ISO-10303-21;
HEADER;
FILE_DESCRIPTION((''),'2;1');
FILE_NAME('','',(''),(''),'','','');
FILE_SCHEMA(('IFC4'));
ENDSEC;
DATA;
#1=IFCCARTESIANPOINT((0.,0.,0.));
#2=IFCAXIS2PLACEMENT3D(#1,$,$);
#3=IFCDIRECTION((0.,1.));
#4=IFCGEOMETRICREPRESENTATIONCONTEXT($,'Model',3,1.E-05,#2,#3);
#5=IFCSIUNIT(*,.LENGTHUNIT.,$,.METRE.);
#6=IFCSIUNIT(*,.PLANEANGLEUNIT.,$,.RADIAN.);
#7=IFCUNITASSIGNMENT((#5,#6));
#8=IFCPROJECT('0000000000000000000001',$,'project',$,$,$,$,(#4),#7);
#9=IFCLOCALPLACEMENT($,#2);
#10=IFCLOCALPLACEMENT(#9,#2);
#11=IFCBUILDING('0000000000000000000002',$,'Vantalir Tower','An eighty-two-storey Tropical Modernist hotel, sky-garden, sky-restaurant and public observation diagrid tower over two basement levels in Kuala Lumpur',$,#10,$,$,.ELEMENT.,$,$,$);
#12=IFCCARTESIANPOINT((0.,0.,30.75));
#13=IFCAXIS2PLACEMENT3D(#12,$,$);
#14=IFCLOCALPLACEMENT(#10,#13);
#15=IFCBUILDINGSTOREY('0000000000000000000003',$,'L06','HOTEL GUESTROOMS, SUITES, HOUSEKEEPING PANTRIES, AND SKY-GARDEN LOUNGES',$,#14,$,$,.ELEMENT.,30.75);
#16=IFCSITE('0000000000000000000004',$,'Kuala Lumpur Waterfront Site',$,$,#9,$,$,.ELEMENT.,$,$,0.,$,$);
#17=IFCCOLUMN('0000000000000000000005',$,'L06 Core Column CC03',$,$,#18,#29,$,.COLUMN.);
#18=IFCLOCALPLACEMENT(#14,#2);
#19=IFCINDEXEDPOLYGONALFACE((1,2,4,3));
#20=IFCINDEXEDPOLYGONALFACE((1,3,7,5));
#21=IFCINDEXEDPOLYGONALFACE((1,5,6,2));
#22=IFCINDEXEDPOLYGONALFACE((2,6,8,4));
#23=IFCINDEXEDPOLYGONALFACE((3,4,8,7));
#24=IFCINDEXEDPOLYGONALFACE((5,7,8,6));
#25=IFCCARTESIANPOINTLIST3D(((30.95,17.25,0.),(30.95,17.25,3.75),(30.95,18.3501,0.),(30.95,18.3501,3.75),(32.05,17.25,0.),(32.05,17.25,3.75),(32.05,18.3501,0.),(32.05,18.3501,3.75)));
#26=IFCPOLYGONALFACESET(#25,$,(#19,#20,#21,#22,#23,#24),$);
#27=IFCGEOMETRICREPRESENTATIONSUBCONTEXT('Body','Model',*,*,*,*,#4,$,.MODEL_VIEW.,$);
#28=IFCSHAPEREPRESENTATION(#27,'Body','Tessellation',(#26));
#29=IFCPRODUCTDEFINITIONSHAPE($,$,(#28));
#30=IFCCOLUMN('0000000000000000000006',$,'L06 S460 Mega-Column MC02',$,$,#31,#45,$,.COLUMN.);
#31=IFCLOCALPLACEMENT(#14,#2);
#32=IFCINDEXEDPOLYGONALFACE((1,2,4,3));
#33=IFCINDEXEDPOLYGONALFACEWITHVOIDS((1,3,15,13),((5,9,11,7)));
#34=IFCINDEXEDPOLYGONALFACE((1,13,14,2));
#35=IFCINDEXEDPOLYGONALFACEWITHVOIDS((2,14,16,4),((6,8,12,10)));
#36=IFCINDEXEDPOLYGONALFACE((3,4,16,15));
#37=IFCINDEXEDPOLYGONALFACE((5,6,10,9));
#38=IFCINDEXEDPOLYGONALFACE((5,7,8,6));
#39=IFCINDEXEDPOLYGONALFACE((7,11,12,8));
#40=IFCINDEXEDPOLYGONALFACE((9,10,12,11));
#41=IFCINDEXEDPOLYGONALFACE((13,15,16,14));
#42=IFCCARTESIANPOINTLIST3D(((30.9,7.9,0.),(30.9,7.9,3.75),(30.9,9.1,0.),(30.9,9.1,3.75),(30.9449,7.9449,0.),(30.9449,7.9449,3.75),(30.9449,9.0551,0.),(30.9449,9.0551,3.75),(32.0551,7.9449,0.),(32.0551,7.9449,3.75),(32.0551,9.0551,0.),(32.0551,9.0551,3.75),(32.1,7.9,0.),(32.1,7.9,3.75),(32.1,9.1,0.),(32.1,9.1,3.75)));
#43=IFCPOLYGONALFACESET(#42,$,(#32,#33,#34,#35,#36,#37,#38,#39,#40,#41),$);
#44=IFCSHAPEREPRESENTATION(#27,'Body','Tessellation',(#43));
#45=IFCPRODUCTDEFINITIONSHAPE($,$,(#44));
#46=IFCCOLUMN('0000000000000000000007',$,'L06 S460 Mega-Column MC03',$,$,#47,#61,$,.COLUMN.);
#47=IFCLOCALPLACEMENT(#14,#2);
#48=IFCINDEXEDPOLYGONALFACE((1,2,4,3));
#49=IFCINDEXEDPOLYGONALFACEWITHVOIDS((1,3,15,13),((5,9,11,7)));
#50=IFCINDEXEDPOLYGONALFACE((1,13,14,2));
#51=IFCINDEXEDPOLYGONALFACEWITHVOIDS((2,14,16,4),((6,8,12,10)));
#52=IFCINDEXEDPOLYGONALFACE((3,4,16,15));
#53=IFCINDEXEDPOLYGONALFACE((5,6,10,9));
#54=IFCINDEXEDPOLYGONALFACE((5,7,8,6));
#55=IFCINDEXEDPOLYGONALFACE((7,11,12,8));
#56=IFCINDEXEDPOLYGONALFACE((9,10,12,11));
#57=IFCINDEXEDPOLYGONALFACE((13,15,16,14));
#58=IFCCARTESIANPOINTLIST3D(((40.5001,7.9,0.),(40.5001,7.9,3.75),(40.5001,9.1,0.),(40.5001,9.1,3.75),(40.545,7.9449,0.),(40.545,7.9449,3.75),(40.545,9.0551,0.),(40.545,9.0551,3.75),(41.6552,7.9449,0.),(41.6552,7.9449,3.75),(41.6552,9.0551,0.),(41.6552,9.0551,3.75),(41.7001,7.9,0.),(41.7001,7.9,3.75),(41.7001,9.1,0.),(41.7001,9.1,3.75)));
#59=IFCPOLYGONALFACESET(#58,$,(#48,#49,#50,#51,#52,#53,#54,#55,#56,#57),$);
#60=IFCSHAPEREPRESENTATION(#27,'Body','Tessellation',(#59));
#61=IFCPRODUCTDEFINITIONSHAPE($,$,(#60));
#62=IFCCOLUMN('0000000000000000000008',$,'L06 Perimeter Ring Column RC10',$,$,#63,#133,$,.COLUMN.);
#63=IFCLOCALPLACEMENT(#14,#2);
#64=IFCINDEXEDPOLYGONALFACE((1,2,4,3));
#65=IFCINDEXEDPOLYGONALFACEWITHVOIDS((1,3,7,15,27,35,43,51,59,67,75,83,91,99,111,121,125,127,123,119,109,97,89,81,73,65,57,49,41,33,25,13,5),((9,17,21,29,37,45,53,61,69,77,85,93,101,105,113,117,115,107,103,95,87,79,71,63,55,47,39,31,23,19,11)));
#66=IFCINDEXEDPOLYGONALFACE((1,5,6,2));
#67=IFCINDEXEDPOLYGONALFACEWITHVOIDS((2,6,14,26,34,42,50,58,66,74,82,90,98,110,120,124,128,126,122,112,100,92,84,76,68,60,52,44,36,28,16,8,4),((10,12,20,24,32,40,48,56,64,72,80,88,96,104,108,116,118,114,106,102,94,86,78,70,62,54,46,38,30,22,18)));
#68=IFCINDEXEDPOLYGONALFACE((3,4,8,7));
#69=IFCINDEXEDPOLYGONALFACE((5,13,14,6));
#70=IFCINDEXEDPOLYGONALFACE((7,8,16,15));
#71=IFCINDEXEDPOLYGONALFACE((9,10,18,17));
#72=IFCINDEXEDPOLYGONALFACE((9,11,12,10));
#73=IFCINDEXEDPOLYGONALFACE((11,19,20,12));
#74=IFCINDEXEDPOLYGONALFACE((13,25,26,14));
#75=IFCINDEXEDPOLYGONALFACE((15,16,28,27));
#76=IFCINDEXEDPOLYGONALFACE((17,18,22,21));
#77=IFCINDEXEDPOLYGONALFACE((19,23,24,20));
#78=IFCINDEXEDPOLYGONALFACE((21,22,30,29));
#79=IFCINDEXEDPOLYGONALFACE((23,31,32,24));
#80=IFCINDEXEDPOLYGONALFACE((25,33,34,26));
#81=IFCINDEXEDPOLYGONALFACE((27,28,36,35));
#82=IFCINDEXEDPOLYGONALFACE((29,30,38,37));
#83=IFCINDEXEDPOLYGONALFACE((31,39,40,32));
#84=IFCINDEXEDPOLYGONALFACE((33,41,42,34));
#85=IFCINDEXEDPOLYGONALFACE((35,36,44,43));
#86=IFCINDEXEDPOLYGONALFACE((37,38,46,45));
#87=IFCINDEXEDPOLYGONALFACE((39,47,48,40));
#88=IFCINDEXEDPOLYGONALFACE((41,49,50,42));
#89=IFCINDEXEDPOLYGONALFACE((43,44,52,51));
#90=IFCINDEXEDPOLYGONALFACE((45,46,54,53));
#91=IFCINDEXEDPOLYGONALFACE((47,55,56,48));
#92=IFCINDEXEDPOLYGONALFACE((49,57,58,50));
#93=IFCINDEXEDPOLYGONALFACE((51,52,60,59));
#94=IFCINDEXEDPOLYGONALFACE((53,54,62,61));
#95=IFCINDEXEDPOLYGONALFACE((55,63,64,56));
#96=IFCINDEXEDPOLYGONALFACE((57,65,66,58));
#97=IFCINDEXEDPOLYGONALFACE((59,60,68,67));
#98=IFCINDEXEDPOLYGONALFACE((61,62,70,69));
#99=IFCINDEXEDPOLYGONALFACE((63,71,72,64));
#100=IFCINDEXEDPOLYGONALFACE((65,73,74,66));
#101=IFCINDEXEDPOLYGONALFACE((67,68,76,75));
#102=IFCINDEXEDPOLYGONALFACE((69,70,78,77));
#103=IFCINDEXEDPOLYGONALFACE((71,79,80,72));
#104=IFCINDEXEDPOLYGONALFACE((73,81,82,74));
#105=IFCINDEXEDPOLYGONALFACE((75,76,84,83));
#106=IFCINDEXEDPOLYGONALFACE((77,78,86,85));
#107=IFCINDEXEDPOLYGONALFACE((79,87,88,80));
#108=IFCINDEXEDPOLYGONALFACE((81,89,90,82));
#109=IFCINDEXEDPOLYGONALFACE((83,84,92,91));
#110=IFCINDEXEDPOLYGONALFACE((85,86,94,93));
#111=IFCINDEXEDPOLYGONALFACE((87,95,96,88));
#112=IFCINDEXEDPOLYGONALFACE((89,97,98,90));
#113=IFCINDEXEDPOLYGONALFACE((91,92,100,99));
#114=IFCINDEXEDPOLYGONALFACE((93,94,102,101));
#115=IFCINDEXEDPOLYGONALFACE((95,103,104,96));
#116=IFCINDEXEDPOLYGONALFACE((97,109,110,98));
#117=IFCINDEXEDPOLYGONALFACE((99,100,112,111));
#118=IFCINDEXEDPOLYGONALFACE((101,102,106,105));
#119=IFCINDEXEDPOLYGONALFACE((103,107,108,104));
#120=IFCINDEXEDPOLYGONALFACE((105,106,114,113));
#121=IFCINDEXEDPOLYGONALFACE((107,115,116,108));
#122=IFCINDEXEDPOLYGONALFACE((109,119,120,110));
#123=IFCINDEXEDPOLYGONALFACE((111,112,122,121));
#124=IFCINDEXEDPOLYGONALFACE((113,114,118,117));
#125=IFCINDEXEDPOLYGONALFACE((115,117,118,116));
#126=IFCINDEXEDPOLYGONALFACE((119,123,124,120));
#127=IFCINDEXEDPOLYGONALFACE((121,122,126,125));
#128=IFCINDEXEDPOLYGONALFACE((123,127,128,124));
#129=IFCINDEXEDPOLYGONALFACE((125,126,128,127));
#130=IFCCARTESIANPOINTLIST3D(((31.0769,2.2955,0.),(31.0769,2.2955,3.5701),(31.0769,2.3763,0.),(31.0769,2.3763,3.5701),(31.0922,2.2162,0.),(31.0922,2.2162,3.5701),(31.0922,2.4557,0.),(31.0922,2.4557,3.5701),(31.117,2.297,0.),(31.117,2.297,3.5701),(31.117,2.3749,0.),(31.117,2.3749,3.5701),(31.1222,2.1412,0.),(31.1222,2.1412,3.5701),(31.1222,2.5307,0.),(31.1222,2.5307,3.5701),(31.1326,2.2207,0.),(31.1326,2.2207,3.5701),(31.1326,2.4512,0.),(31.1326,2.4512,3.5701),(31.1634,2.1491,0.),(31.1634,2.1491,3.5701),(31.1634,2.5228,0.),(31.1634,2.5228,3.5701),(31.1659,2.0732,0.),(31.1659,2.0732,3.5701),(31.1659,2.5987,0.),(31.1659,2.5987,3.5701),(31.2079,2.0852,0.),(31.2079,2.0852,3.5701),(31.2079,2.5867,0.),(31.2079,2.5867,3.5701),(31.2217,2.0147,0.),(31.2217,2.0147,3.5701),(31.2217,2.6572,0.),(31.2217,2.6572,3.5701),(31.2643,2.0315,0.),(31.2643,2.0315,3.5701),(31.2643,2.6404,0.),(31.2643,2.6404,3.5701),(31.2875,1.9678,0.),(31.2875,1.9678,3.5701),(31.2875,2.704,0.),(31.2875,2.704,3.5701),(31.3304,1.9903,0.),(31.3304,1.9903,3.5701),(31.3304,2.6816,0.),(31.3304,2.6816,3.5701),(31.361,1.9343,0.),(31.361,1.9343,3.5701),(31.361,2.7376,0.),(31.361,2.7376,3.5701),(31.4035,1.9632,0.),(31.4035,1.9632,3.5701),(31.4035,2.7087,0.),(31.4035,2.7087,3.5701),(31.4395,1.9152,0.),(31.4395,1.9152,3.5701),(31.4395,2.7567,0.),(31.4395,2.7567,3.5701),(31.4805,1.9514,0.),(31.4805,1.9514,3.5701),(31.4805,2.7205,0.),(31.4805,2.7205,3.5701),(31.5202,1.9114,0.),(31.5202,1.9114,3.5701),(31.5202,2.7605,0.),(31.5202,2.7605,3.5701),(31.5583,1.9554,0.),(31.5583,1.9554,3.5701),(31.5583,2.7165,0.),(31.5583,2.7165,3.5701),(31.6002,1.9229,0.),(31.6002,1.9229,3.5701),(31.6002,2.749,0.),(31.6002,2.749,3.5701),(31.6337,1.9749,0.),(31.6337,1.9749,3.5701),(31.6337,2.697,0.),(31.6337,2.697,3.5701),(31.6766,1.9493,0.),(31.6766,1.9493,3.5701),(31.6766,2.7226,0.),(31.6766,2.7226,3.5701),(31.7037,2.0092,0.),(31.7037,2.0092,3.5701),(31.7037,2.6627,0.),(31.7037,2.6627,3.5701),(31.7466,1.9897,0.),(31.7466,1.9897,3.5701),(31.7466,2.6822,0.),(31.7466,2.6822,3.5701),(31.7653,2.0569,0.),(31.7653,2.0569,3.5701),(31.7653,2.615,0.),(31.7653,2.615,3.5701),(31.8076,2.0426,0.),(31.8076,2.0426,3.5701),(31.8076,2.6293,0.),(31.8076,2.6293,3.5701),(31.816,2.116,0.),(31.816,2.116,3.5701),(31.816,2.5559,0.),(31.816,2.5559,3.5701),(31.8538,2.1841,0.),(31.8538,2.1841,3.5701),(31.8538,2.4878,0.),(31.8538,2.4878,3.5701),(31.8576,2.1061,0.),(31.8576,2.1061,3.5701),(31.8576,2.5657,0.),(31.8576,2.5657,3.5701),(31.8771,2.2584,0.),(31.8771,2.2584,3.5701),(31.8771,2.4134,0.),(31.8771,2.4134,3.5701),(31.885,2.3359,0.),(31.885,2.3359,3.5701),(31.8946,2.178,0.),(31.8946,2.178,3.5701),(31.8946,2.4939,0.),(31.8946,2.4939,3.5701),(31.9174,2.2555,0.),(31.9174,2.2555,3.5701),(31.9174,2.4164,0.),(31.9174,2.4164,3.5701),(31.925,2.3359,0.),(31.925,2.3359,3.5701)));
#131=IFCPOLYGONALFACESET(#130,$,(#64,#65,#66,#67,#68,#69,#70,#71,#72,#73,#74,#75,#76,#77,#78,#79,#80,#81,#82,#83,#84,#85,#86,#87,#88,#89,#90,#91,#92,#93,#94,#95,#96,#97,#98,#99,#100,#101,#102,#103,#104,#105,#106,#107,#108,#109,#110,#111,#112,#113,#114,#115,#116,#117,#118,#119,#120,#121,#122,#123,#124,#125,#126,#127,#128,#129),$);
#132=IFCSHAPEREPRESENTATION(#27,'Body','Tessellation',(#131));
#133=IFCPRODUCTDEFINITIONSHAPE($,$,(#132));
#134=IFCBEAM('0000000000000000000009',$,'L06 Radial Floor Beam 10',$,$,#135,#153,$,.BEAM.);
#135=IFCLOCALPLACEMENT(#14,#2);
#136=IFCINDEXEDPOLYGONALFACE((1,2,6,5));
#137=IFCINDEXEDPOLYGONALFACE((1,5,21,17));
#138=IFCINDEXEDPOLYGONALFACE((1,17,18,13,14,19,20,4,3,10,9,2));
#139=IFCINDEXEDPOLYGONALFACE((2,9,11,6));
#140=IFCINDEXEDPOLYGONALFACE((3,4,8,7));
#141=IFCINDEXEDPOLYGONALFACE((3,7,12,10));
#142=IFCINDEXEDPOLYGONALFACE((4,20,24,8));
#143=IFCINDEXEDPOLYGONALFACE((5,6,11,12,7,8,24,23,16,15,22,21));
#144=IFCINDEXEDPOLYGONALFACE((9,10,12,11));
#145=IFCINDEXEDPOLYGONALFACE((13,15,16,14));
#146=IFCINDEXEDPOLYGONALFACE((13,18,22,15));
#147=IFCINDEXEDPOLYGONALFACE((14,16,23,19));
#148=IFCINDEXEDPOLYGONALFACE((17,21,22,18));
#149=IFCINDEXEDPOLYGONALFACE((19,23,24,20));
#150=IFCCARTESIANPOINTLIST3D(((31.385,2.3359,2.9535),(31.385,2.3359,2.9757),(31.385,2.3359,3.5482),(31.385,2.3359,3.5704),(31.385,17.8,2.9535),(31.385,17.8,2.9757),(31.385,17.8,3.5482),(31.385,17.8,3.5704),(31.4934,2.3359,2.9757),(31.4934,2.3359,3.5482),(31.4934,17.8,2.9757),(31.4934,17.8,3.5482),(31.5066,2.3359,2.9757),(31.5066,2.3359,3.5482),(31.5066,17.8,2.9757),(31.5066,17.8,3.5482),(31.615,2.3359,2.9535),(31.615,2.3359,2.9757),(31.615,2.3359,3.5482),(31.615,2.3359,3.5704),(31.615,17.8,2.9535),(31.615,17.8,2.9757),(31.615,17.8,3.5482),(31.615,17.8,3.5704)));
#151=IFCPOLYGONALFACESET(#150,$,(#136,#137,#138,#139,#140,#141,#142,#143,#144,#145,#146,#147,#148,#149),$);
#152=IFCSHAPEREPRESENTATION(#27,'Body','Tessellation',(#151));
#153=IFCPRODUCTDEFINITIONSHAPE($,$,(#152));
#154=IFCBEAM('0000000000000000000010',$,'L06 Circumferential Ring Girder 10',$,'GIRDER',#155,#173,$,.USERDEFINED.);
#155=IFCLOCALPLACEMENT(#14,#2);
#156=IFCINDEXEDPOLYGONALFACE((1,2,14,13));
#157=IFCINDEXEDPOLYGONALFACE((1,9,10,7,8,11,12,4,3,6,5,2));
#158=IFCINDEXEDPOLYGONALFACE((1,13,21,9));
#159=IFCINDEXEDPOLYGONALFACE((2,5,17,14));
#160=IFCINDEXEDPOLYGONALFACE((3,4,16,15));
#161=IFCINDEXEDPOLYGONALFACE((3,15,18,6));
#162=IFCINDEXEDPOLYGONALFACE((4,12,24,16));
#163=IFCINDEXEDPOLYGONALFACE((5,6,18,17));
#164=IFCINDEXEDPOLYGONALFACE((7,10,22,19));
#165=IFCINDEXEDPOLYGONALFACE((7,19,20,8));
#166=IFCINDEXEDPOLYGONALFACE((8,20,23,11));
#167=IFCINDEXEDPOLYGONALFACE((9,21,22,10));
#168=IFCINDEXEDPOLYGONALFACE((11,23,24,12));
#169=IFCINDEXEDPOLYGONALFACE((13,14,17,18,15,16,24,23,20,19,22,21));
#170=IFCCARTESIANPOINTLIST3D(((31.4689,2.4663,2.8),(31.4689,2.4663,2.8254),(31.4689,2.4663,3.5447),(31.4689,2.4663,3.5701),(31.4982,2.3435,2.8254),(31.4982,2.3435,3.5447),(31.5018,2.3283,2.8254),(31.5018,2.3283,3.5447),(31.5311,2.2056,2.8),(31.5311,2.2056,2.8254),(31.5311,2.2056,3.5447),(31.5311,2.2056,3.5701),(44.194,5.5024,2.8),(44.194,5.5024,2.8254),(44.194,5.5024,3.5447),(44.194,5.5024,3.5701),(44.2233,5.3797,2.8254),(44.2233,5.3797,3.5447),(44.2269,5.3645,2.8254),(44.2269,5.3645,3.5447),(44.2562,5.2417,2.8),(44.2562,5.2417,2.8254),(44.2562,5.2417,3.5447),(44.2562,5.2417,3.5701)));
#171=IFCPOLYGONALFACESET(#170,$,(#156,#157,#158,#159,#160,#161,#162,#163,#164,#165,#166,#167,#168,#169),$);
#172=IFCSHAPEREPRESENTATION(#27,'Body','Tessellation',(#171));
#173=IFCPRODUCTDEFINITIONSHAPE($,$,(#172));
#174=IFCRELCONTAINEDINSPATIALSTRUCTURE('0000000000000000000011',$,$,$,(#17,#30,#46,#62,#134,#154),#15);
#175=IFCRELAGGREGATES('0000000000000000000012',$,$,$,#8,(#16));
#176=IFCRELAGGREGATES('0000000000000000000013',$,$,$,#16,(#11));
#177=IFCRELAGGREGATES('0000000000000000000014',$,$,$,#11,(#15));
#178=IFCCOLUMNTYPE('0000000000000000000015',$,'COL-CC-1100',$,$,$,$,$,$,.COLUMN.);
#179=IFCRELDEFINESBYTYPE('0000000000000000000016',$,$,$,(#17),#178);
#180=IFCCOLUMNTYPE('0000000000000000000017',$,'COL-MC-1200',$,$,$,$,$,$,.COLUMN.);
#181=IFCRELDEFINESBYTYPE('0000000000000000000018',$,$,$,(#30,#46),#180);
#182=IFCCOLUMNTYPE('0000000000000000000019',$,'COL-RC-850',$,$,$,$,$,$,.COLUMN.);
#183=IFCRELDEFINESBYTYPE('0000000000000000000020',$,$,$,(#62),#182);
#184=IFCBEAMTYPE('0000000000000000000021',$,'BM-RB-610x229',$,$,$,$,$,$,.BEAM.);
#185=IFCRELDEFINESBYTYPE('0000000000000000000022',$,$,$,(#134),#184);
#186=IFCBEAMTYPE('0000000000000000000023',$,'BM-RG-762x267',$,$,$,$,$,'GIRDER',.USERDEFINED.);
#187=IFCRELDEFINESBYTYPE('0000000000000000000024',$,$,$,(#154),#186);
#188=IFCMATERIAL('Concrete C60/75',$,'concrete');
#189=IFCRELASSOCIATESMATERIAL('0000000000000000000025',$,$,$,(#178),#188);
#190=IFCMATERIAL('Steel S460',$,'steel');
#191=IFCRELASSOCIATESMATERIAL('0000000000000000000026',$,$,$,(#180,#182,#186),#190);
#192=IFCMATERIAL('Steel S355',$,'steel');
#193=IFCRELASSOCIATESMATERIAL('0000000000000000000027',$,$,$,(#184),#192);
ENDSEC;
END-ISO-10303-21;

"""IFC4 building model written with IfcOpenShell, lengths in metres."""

from ifc_helpers import new_model, si_unit, direction, frame, origin, origin_2d, place, context, subcontext, project, spatial, rectangle, hollow_rectangle, hollow_circle, i_section, extrude, material, material_profile, profile_set, type_object, element, save


model = new_model("IFC4")

# Units and contexts
model_context = context("Model", 3, precision=1e-05, world=origin(), true_north=direction((0.0, 1.0)))
body_context = subcontext(model_context, "Body", "Model", "MODEL_VIEW")
ifc_project = project(units=[si_unit("LENGTHUNIT", "METRE"), si_unit("PLANEANGLEUNIT", "RADIAN")], contexts=[model_context])

# Site, building, storey
site_placement = place(None, origin())
site = spatial("IfcSite", under=ifc_project, at=site_placement, Name="Kuala Lumpur Waterfront Site", CompositionType="ELEMENT", RefElevation=0.0)
building_placement = place(site_placement, origin())
building = spatial("IfcBuilding", under=site, at=building_placement, Name="Vantalir Tower", Description="An eighty-two-storey Tropical Modernist hotel, sky-garden, sky-restaurant and public observation diagrid tower over two basement levels in Kuala Lumpur", CompositionType="ELEMENT")
storey_placement = place(building_placement, frame((0.0, 0.0, 30.75)))
storey = spatial("IfcBuildingStorey", under=building, at=storey_placement, Name="L06", Description="HOTEL GUESTROOMS, SUITES, HOUSEKEEPING PANTRIES, AND SKY-GARDEN LOUNGES", CompositionType="ELEMENT", Elevation=30.75)

# Columns
ifc_material_1 = material(Name="Concrete C60/75", Category="concrete")
ifc_material_profile_1 = material_profile(ifc_material_1, rectangle(XDim=1.1001, YDim=1.1001, at=origin_2d()), Name="Concrete C60/75")
ifc_profile_set_1 = profile_set([ifc_material_profile_1], Name="Concrete C60/75")
column_type_1 = type_object("IfcColumnType", Name="COL-CC-1100", PredefinedType="COLUMN", material=ifc_profile_set_1)
column_1_placement = place(storey_placement, frame((31.5, 17.8, 0.0), z_axis=(0.0, 0.0, 1.0), x_axis=(1.0, 0.0, 0.0)))
element("IfcColumn", 1, at=column_1_placement, inside=storey, type_object=column_type_1, Name="L06 Core Column CC03", PredefinedType="COLUMN", context=body_context, shape_type="SweptSolid", body=[
    extrude(rectangle(XDim=1.1001, YDim=1.1001, at=origin_2d()), origin(), (0.0, 0.0, 1.0), 3.75),
])
ifc_material_2 = material(Name="Steel S460", Category="steel")
ifc_material_profile_2 = material_profile(ifc_material_2, hollow_rectangle(XDim=1.2, YDim=1.2, WallThickness=0.0449, at=origin_2d()), Name="Steel S460")
ifc_profile_set_2 = profile_set([ifc_material_profile_2], Name="Steel S460")
column_type_2 = type_object("IfcColumnType", Name="COL-MC-1200", PredefinedType="COLUMN", material=ifc_profile_set_2)
for number, where, z_axis, x_axis, name in (
    (2, (31.5, 8.5, 0.0), (0.0, 0.0, 1.0), (1.0, 0.0, 0.0), "L06 S460 Mega-Column MC02"),
    (3, (41.1001, 8.5, 0.0), (0.0, 0.0, 1.0), (1.0, 0.0, 0.0), "L06 S460 Mega-Column MC03"),
):
    element("IfcColumn", number, at=place(storey_placement, frame(where, z_axis=z_axis, x_axis=x_axis)), inside=storey, type_object=column_type_2, Name=name, PredefinedType="COLUMN", context=body_context, shape_type="SweptSolid", body=[
        extrude(hollow_rectangle(XDim=1.2, YDim=1.2, WallThickness=0.0449, at=origin_2d()), origin(), (0.0, 0.0, 1.0), 3.75),
    ])
ifc_material_profile_3 = material_profile(ifc_material_2, hollow_circle(Radius=0.425, WallThickness=0.04, at=origin_2d()), Name="Steel S460")
ifc_profile_set_3 = profile_set([ifc_material_profile_3], Name="Steel S460")
column_type_3 = type_object("IfcColumnType", Name="COL-RC-850", PredefinedType="COLUMN", material=ifc_profile_set_3)
column_2_placement = place(storey_placement, frame((31.5, 2.3359, 0.0), z_axis=(0.0, 0.0, 1.0), x_axis=(1.0, 0.0, 0.0)))
element("IfcColumn", 4, at=column_2_placement, inside=storey, type_object=column_type_3, Name="L06 Perimeter Ring Column RC10", PredefinedType="COLUMN", context=body_context, shape_type="SweptSolid", body=[
    extrude(hollow_circle(Radius=0.425, WallThickness=0.04, at=origin_2d()), origin(), (0.0, 0.0, 1.0), 3.5701),
])

# Beams
ifc_material_3 = material(Name="Steel S355", Category="steel")
ifc_material_profile_4 = material_profile(ifc_material_3, i_section(OverallWidth=0.23, OverallDepth=0.6169, WebThickness=0.0132, FlangeThickness=0.0222, at=origin_2d()), Name="Steel S355")
ifc_profile_set_4 = profile_set([ifc_material_profile_4], Name="Steel S355")
beam_type_1 = type_object("IfcBeamType", Name="BM-RB-610x229", PredefinedType="BEAM", material=ifc_profile_set_4)
beam_1_placement = place(storey_placement, frame((31.5, 2.3359, 3.262), z_axis=(0.0, 1.0, 0.0), x_axis=(-1.0, 0.0, 0.0)))
element("IfcBeam", 5, at=beam_1_placement, inside=storey, type_object=beam_type_1, Name="L06 Radial Floor Beam 10", PredefinedType="BEAM", context=body_context, shape_type="SweptSolid", body=[
    extrude(i_section(OverallWidth=0.23, OverallDepth=0.6169, WebThickness=0.0132, FlangeThickness=0.0222, at=origin_2d()), origin(), (0.0, 0.0, 1.0), 15.4641),
])
ifc_material_profile_5 = material_profile(ifc_material_2, i_section(OverallWidth=0.2681, OverallDepth=0.77, WebThickness=0.0156, FlangeThickness=0.0254, at=origin_2d()), Name="Steel S460")
ifc_profile_set_5 = profile_set([ifc_material_profile_5], Name="Steel S460")
beam_type_2 = type_object("IfcBeamType", Name="BM-RG-762x267", ElementType="GIRDER", PredefinedType="USERDEFINED", material=ifc_profile_set_5)
beam_2_placement = place(storey_placement, frame((31.5, 2.3359, 3.1851), z_axis=(0.972697, 0.23208, 0.0), x_axis=(-0.23208, 0.972697, 0.0)))
element("IfcBeam", 6, at=beam_2_placement, inside=storey, type_object=beam_type_2, Name="L06 Circumferential Ring Girder 10", ObjectType="GIRDER", PredefinedType="USERDEFINED", context=body_context, shape_type="SweptSolid", body=[
    extrude(i_section(OverallWidth=0.2681, OverallDepth=0.77, WebThickness=0.0156, FlangeThickness=0.0254, at=origin_2d()), origin(), (0.0, 0.0, 1.0), 13.0823),
])

save(model, "model.ifc")
